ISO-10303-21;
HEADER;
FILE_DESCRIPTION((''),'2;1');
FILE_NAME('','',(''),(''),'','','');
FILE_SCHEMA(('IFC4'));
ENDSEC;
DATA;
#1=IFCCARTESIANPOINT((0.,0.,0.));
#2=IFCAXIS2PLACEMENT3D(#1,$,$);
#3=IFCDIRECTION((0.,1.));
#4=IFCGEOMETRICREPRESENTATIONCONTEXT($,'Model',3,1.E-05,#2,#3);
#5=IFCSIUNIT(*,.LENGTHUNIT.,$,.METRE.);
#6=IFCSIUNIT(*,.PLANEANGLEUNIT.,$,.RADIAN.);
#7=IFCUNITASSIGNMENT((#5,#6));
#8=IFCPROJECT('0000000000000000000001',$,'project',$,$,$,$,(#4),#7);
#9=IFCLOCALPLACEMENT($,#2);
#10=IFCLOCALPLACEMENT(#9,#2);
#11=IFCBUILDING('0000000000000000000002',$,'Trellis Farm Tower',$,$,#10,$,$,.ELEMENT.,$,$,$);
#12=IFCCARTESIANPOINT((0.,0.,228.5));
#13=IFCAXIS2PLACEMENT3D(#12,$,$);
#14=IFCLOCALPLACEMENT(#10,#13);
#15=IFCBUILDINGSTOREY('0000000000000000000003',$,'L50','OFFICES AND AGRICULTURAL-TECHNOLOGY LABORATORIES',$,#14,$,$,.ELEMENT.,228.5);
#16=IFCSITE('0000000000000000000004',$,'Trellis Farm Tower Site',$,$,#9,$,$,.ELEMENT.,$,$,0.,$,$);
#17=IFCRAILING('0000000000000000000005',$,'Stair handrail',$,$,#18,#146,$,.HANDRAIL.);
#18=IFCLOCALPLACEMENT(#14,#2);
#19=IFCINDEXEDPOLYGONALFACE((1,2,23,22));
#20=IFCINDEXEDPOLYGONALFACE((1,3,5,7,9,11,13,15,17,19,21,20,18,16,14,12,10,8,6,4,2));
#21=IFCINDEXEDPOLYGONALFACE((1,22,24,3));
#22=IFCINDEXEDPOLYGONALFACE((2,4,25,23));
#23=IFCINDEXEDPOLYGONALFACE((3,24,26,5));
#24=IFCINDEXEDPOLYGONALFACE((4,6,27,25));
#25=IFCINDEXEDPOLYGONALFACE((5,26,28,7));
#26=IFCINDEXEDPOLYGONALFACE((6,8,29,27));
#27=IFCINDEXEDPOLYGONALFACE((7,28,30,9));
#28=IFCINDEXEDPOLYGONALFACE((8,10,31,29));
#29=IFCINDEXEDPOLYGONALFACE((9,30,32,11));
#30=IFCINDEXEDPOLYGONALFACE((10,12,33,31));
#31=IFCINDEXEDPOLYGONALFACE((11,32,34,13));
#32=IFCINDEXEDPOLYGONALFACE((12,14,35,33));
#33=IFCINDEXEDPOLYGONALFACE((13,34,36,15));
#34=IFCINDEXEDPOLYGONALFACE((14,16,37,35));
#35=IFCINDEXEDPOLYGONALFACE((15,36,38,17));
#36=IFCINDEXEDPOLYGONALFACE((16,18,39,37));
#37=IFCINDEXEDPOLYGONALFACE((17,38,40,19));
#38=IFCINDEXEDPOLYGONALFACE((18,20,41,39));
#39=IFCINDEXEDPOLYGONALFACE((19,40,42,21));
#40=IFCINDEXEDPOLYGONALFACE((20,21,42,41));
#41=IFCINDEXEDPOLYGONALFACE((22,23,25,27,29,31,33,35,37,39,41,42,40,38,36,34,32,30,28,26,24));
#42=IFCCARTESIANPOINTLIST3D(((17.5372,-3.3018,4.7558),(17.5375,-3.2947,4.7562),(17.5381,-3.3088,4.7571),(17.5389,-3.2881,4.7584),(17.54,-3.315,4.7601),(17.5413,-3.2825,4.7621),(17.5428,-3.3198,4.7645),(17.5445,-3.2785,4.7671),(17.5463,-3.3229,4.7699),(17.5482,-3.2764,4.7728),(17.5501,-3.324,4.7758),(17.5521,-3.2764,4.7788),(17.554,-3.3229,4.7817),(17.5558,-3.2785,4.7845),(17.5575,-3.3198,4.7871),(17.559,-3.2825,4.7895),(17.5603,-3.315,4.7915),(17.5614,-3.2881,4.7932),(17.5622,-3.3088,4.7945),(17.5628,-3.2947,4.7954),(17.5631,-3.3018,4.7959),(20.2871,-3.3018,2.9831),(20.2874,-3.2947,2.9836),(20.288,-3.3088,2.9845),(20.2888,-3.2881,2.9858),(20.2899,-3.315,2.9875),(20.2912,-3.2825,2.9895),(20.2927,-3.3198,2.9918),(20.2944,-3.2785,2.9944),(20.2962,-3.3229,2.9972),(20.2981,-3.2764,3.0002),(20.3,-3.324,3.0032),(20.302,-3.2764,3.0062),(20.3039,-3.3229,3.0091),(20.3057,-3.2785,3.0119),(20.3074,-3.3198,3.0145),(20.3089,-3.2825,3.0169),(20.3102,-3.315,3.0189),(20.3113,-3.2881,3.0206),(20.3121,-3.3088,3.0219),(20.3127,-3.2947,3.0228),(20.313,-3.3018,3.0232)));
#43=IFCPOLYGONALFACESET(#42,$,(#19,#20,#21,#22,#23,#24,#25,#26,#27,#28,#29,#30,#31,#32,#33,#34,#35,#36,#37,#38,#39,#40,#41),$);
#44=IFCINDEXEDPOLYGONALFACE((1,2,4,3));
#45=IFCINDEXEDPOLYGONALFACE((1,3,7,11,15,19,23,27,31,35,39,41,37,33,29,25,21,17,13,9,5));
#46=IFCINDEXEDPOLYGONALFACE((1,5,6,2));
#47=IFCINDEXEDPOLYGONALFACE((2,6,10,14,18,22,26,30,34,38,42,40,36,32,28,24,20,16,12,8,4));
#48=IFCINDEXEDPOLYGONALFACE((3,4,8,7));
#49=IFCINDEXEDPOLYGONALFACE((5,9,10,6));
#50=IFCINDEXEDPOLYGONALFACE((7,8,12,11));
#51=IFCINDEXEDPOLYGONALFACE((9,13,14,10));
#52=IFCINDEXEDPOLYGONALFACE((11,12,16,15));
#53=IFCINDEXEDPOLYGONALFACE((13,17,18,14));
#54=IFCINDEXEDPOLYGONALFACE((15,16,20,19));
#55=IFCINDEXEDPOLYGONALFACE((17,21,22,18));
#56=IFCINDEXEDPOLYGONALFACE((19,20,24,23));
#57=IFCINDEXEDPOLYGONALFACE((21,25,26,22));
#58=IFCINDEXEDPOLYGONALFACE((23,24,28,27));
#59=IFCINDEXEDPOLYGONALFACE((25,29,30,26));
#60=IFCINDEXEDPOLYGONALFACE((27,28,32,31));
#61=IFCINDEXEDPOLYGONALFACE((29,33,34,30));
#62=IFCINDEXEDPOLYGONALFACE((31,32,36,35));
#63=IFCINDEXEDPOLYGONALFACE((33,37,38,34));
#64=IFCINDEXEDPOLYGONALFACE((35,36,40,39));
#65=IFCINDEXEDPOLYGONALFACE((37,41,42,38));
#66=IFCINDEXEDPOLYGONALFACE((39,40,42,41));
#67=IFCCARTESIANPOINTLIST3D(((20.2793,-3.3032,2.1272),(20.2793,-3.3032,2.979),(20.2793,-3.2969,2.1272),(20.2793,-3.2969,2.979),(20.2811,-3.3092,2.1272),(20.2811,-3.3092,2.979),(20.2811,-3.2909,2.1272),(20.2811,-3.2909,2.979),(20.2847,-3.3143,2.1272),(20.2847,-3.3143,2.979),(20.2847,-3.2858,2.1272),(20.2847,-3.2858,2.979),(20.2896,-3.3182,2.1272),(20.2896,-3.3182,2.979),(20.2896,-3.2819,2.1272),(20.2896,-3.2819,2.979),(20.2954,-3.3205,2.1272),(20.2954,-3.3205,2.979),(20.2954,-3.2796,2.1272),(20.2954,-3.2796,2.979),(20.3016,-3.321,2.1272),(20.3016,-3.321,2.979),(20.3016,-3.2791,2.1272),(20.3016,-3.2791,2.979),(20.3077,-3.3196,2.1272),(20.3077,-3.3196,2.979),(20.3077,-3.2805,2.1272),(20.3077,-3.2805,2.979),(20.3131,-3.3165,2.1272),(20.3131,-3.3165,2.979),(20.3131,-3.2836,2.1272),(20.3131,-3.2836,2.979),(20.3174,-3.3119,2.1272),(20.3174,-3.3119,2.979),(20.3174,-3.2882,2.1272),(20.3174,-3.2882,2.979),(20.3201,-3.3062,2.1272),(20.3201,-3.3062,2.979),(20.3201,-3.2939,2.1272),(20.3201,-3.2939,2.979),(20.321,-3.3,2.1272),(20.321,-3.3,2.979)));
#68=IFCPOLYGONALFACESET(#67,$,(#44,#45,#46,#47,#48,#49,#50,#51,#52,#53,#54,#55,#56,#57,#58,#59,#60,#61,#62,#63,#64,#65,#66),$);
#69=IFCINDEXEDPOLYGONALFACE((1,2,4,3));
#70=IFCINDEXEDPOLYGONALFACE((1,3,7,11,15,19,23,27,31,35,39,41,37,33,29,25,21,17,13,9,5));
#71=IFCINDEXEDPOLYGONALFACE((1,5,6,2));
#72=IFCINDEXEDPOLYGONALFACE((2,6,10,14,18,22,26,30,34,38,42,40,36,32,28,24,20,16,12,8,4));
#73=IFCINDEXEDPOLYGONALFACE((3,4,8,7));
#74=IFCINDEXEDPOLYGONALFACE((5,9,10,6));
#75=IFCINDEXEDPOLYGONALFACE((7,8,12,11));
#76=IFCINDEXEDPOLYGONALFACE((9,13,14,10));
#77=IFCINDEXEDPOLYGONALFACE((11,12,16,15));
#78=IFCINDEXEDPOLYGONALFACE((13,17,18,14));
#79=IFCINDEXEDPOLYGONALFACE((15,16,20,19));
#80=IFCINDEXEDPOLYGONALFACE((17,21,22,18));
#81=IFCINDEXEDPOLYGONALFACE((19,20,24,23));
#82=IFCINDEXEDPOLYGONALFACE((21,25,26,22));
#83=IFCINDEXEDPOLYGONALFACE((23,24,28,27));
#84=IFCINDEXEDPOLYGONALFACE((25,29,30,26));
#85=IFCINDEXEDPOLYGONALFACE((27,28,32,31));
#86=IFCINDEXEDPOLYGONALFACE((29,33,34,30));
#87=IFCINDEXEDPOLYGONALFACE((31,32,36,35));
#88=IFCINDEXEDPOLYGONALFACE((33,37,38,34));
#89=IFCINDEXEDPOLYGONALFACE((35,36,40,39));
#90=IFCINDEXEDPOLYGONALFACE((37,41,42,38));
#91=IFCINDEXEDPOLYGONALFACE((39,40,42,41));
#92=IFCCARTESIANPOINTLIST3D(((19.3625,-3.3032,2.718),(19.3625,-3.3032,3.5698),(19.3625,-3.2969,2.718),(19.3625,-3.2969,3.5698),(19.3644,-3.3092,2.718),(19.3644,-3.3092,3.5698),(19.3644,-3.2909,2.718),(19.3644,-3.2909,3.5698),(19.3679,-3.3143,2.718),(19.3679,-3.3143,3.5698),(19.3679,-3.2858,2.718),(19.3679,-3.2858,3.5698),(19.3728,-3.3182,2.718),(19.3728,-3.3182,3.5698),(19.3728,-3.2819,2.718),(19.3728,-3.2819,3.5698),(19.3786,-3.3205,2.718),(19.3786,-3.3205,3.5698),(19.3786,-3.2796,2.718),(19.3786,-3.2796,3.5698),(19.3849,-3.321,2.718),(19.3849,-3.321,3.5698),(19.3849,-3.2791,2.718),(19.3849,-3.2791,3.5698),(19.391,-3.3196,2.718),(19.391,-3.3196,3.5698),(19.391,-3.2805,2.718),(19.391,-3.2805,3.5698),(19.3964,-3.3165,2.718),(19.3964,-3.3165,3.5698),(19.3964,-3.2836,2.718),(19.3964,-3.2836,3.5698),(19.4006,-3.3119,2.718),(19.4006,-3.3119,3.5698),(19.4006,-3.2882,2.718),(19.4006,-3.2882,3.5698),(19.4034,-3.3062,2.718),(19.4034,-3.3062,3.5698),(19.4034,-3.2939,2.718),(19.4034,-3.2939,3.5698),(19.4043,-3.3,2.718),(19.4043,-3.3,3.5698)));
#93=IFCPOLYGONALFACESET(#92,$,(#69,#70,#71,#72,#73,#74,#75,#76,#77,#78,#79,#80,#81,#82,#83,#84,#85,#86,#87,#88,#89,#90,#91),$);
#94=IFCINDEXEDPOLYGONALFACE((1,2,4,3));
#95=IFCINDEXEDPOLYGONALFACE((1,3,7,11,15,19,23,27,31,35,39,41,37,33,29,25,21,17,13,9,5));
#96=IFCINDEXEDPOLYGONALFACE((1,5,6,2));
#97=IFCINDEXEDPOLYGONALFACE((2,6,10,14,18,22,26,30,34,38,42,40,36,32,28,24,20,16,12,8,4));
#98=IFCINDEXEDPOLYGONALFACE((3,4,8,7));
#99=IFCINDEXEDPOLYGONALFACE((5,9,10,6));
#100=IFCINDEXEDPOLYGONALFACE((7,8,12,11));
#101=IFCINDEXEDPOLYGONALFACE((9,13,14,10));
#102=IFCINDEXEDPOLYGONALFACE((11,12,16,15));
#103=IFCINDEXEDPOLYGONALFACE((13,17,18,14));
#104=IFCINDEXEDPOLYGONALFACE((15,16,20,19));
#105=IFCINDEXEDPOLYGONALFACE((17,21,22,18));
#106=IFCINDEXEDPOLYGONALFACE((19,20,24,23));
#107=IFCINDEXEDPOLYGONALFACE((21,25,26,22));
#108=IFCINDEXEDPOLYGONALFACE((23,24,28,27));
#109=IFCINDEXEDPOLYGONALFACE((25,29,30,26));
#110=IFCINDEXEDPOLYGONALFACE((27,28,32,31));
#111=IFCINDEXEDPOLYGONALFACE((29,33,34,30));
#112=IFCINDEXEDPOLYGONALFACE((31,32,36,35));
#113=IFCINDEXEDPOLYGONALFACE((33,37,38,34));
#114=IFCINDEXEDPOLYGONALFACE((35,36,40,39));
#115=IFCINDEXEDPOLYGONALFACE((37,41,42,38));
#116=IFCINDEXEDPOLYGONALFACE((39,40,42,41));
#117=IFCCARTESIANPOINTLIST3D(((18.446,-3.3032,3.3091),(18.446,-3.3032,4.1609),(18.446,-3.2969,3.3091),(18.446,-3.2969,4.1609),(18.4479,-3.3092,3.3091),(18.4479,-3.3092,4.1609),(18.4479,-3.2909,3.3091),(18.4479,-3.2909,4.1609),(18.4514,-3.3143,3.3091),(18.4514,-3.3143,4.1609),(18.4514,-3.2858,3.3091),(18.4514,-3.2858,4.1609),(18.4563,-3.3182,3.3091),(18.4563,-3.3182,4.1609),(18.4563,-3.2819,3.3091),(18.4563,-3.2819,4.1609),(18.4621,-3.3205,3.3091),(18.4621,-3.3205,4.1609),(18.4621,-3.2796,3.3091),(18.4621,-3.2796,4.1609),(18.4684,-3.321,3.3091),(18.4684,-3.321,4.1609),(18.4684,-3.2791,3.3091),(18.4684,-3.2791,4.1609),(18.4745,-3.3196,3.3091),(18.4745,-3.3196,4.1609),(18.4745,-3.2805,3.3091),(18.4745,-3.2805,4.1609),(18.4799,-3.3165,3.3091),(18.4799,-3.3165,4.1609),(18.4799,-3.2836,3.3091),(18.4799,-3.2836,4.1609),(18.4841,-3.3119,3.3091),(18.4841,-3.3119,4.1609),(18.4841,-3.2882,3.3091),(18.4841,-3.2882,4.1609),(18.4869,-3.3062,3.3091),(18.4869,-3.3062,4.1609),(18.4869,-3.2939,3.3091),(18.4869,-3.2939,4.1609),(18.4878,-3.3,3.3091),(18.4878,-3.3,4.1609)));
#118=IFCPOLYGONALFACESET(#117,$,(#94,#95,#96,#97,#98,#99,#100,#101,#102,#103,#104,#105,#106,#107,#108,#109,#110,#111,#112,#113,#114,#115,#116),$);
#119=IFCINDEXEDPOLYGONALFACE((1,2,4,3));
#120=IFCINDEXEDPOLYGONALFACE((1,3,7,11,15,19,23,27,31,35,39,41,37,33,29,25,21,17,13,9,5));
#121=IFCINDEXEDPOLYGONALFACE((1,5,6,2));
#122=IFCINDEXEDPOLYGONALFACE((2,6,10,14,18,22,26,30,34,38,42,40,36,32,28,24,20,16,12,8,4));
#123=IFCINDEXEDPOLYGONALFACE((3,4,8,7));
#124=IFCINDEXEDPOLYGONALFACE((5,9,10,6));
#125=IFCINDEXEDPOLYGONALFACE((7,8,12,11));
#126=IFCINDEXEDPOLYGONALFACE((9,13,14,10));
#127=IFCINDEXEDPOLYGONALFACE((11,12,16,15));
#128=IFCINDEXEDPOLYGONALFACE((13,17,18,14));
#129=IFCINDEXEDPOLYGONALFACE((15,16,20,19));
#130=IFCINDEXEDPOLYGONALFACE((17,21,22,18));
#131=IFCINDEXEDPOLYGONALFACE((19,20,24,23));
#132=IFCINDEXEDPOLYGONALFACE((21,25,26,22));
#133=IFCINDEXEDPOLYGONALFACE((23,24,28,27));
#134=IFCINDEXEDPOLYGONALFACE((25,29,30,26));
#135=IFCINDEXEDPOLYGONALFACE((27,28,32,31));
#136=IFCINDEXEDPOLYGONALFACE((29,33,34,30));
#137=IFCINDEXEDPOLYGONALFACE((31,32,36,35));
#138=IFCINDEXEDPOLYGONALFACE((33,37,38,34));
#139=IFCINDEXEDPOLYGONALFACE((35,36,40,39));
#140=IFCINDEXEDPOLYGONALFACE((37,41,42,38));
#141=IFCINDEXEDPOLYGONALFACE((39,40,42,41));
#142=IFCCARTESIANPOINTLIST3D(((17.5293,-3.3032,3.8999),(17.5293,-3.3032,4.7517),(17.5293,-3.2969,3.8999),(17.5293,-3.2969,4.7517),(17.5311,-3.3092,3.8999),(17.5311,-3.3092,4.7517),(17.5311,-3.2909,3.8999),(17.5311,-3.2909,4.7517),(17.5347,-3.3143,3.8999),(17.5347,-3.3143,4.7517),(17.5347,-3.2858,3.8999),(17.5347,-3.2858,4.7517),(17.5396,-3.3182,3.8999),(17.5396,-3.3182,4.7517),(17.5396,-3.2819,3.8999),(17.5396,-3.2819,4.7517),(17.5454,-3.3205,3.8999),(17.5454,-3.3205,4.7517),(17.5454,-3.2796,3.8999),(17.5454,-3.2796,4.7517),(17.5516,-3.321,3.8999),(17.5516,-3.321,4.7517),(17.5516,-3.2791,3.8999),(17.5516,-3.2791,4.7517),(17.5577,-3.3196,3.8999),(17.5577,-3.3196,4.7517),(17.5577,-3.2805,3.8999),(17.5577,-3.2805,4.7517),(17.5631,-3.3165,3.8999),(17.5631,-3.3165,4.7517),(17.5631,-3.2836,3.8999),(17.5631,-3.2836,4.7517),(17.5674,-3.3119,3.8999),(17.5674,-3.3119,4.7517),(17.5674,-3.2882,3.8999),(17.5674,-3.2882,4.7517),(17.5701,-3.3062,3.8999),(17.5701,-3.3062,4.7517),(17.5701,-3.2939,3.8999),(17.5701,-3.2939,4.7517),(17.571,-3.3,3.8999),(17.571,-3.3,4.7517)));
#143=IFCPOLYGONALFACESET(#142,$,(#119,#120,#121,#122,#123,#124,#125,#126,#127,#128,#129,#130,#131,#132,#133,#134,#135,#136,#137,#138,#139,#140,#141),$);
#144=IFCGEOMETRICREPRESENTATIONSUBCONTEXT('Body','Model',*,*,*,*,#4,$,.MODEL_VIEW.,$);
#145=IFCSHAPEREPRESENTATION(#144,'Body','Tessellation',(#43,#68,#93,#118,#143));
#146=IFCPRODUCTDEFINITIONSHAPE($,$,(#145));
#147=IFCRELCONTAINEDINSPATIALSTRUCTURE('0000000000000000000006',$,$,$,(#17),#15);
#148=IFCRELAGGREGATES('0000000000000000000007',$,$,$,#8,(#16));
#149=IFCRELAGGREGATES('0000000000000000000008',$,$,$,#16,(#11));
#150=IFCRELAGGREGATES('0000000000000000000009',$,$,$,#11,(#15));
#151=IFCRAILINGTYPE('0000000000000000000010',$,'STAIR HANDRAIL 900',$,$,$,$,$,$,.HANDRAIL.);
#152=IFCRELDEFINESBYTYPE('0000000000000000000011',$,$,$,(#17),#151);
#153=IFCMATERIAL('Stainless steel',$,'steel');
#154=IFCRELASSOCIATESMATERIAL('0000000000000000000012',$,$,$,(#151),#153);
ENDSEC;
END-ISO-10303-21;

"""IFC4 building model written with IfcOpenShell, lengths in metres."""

from ifc_helpers import new_model, si_unit, direction, frame, origin, origin_2d, place, context, subcontext, project, spatial, circle, extrude, source, transform, mapped, material, type_object, element, save


model = new_model("IFC4")

# Units and contexts
model_context = context("Model", 3, precision=1e-05, world=origin(), true_north=direction((0.0, 1.0)))
body_context = subcontext(model_context, "Body", "Model", "MODEL_VIEW")
ifc_project = project(units=[si_unit("LENGTHUNIT", "METRE"), si_unit("PLANEANGLEUNIT", "RADIAN")], contexts=[model_context])

# Site, building, storey
site_placement = place(None, origin())
site = spatial("IfcSite", under=ifc_project, at=site_placement, Name="Trellis Farm Tower Site", CompositionType="ELEMENT", RefElevation=0.0)
building_placement = place(site_placement, origin())
building = spatial("IfcBuilding", under=site, at=building_placement, Name="Trellis Farm Tower", CompositionType="ELEMENT")
storey_placement = place(building_placement, frame((0.0, 0.0, 228.5)))
storey = spatial("IfcBuildingStorey", under=building, at=storey_placement, Name="L50", Description="OFFICES AND AGRICULTURAL-TECHNOLOGY LABORATORIES", CompositionType="ELEMENT", Elevation=228.5)

# Railing
ifc_material_1 = material(Name="Stainless steel", Category="steel")
railing_type = type_object("IfcRailingType", Name="STAIR HANDRAIL 900", PredefinedType="HANDRAIL", material=ifc_material_1)
shared_shape_1 = source(origin(), body_context, "Body", "SweptSolid", [
    extrude(circle(Radius=0.0239, at=origin_2d()), frame((0.0, 0.0, 0.876), z_axis=(-0.840504, 0.0, 0.541806), x_axis=(0.0, -1.0, 0.0)), (0.0, 0.0, 1.0), 3.2717),
    extrude(circle(Radius=0.021, at=origin_2d()), origin(), (0.0, 0.0, 1.0), 0.8518),
    extrude(circle(Radius=0.021, at=origin_2d()), frame((-0.9167, 0.0, 0.5908)), (0.0, 0.0, 1.0), 0.8518),
    extrude(circle(Radius=0.021, at=origin_2d()), frame((-1.8333, 0.0, 1.1819)), (0.0, 0.0, 1.0), 0.8518),
    extrude(circle(Radius=0.021, at=origin_2d()), frame((-2.75, 0.0, 1.7727)), (0.0, 0.0, 1.0), 0.8518),
])
for number, where, name in (
    (1, (20.3, -3.3, 2.1272), "Stair handrail"),
):
    element("IfcRailing", number, at=place(storey_placement, frame(where)), inside=storey, type_object=railing_type, Name=name, PredefinedType="HANDRAIL", context=body_context, shape_type="MappedRepresentation", body=[
        mapped(shared_shape_1, transform((0.0, 0.0, 0.0))),
    ])

save(model, "model.ifc")
